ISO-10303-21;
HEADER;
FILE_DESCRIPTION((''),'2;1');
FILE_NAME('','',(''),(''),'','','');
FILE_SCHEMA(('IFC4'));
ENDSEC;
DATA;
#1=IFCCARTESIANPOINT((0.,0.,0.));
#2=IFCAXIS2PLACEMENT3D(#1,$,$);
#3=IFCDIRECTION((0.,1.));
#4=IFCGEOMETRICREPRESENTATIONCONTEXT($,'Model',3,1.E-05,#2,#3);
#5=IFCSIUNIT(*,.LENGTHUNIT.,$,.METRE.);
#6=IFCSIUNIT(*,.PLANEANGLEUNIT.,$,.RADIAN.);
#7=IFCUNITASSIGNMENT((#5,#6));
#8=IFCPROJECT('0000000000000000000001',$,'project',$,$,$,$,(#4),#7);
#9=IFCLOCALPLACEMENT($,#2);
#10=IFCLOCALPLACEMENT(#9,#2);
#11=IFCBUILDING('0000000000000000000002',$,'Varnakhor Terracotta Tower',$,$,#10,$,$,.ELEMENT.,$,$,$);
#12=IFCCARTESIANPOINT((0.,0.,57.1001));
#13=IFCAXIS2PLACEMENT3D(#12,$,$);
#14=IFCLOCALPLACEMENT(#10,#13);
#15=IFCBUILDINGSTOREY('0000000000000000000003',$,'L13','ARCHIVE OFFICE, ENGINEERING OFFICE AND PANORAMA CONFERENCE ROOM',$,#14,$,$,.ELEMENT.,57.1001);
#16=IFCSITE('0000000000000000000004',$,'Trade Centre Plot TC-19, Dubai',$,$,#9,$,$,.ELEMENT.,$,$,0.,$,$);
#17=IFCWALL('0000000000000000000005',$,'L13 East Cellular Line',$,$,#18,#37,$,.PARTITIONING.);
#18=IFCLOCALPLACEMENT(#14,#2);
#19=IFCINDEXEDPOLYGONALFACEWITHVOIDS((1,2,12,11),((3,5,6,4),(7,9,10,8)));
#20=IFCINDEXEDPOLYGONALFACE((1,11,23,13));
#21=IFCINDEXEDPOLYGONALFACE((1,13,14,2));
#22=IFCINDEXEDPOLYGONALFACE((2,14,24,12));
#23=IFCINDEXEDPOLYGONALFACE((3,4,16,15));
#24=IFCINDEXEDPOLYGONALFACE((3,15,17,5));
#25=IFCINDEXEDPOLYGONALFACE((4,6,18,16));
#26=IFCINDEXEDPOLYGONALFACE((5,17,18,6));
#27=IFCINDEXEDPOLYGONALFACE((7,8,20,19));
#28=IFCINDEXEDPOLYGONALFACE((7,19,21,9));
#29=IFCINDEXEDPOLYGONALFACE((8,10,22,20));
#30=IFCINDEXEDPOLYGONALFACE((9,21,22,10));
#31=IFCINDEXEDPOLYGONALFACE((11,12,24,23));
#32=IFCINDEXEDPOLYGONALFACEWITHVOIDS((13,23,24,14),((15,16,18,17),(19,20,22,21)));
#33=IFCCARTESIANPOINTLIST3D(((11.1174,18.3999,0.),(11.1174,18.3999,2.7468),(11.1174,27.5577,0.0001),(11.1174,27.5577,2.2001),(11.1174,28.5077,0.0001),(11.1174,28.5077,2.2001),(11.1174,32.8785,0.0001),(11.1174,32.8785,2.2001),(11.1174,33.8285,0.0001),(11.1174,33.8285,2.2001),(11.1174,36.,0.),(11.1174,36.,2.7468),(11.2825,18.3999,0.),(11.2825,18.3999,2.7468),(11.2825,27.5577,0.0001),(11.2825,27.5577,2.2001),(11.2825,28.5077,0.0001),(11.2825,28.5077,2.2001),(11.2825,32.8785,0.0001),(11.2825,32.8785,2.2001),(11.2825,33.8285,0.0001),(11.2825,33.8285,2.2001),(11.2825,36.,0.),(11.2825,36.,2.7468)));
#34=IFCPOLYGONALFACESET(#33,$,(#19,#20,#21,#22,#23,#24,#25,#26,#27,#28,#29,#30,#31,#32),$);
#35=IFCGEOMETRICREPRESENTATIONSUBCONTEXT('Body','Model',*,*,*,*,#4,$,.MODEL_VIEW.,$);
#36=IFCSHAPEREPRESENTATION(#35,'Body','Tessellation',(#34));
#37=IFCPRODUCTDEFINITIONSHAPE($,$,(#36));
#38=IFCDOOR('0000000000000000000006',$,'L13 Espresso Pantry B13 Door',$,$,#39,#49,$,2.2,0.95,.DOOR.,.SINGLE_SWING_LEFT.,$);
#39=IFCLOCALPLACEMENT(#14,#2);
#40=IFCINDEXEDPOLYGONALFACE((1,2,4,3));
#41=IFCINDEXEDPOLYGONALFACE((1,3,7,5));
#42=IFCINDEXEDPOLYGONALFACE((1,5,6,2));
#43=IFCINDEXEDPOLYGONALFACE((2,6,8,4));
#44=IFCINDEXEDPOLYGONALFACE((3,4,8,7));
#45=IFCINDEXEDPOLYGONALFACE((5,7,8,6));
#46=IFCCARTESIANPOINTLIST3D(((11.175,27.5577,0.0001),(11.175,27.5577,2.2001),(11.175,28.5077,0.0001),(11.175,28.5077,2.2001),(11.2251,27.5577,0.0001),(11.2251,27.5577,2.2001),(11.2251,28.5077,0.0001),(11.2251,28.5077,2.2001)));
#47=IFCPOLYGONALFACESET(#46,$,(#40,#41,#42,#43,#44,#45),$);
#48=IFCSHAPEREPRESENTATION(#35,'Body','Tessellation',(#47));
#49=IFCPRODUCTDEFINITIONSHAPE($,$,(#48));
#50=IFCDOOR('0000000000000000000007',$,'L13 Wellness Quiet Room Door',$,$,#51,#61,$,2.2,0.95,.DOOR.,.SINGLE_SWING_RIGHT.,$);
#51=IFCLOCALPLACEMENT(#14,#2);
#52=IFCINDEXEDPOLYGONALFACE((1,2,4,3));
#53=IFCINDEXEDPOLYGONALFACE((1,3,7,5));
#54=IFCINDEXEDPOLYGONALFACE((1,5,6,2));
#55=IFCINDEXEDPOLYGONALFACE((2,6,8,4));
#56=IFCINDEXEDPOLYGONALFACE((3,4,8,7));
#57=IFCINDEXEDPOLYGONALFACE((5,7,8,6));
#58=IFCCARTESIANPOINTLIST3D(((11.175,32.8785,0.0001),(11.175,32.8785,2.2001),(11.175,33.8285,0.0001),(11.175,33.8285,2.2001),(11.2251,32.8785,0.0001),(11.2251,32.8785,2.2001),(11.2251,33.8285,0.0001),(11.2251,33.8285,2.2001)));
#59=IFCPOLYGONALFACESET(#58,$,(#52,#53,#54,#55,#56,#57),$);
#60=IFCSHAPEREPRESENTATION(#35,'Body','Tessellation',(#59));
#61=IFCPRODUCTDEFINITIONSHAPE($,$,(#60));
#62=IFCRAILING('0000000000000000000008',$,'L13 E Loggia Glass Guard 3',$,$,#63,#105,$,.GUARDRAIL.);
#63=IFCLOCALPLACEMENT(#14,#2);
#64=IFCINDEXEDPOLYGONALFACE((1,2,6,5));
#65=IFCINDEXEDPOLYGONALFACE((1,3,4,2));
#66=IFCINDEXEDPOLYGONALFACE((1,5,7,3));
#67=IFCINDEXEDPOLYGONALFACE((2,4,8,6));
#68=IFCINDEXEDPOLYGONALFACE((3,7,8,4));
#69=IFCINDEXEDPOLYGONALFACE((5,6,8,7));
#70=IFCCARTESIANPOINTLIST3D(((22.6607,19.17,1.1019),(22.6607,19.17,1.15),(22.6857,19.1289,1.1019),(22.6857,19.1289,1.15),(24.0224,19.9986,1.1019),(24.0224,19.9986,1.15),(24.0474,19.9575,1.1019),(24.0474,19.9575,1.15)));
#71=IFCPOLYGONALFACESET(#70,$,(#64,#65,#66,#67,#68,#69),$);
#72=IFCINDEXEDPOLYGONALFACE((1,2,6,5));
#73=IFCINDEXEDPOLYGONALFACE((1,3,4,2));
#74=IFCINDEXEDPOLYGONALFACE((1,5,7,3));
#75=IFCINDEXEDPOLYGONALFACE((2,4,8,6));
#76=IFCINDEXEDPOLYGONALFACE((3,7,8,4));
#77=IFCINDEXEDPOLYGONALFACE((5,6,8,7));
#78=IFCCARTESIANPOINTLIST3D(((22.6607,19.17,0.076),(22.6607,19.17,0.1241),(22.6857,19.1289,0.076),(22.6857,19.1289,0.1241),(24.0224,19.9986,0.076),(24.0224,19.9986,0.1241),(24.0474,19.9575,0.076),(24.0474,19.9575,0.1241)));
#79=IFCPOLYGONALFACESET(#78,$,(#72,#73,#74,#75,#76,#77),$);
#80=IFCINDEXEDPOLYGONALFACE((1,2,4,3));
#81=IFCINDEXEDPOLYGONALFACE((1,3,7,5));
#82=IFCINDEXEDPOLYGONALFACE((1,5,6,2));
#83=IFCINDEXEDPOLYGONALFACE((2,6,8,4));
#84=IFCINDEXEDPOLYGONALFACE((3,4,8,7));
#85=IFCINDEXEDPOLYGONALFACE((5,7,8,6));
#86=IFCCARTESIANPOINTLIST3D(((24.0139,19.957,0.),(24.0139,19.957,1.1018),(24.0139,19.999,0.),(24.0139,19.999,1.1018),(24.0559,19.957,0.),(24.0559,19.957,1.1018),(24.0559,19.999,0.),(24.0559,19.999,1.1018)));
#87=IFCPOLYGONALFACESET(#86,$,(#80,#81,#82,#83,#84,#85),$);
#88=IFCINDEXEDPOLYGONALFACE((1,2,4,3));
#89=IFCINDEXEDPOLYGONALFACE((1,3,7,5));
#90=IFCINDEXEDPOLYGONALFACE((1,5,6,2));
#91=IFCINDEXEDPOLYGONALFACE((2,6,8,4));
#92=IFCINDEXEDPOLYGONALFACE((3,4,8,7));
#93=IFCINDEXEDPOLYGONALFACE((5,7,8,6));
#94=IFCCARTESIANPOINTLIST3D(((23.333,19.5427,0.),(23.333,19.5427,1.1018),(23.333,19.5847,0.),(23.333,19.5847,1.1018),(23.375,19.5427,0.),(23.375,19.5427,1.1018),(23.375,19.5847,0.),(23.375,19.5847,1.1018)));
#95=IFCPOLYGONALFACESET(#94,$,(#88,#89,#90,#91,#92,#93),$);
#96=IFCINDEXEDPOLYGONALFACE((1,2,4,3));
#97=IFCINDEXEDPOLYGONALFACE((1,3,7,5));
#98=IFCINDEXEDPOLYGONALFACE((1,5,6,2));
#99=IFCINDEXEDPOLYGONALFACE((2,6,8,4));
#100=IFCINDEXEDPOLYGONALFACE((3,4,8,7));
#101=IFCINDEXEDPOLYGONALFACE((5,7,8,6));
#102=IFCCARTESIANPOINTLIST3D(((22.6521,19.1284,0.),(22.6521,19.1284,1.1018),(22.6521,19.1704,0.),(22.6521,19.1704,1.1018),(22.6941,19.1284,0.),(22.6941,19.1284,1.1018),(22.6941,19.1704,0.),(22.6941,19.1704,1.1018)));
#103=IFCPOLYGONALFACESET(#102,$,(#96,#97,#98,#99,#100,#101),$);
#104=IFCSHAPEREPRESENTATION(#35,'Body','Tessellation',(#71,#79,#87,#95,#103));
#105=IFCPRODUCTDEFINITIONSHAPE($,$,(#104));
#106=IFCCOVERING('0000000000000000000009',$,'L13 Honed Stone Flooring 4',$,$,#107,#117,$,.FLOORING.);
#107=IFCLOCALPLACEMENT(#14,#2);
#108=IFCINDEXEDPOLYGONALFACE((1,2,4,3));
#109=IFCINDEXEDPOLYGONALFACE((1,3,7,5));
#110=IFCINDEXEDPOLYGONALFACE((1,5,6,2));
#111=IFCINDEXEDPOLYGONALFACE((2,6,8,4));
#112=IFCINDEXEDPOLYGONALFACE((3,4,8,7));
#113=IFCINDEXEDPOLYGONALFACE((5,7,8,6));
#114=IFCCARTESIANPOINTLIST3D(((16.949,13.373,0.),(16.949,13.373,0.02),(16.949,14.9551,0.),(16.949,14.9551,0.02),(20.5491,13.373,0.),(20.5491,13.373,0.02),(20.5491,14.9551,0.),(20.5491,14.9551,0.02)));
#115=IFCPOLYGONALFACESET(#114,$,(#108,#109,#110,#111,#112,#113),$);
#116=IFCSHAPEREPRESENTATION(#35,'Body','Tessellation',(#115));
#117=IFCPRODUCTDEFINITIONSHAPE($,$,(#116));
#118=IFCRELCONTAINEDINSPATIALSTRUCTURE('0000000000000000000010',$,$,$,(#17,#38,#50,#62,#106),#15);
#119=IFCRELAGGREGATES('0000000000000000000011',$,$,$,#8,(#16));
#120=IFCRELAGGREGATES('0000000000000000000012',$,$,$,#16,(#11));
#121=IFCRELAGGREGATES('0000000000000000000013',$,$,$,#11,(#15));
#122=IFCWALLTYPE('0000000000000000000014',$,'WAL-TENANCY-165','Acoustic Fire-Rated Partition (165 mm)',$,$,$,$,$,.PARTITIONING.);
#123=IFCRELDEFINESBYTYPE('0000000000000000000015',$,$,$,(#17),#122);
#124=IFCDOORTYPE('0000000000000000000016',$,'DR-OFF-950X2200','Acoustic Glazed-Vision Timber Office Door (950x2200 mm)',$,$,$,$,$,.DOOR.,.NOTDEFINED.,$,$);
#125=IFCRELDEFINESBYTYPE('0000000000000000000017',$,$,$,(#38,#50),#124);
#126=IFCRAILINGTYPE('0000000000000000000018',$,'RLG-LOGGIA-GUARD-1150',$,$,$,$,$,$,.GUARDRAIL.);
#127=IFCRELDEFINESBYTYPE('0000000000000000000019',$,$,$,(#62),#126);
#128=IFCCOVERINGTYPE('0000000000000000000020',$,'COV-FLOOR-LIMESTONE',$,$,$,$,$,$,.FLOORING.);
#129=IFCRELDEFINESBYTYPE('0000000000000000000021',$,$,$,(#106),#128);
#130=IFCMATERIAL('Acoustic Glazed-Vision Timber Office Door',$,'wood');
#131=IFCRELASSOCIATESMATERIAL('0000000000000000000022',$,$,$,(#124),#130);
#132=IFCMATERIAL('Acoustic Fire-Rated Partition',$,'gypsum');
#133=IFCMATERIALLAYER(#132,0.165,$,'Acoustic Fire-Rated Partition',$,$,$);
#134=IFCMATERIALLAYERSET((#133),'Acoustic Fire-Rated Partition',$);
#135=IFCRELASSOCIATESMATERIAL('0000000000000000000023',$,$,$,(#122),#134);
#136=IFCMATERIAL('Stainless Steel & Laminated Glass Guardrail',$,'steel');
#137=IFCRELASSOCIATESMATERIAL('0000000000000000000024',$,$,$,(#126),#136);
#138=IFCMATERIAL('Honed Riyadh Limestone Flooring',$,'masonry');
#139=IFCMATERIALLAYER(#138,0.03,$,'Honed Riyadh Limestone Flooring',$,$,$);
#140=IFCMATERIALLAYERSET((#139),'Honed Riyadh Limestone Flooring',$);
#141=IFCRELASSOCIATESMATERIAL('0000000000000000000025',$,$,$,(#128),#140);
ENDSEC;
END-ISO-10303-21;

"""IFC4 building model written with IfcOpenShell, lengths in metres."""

from ifc_helpers import new_model, si_unit, direction, frame, frame_2d, origin, origin_2d, place, context, subcontext, project, spatial, rectangle, extrude, source, transform, mapped, material, layer, layer_set, type_object, type_shapes, element, fill, save


model = new_model("IFC4")

# Units and contexts
model_context = context("Model", 3, precision=1e-05, world=origin(), true_north=direction((0.0, 1.0)))
body_context = subcontext(model_context, "Body", "Model", "MODEL_VIEW")
ifc_project = project(units=[si_unit("LENGTHUNIT", "METRE"), si_unit("PLANEANGLEUNIT", "RADIAN")], contexts=[model_context])

# Site, building, storey
site_placement = place(None, origin())
site = spatial("IfcSite", under=ifc_project, at=site_placement, Name="Trade Centre Plot TC-19, Dubai", CompositionType="ELEMENT", RefElevation=0.0)
building_placement = place(site_placement, origin())
building = spatial("IfcBuilding", under=site, at=building_placement, Name="Varnakhor Terracotta Tower", CompositionType="ELEMENT")
storey_placement = place(building_placement, frame((0.0, 0.0, 57.1001)))
storey = spatial("IfcBuildingStorey", under=building, at=storey_placement, Name="L13", Description="ARCHIVE OFFICE, ENGINEERING OFFICE AND PANORAMA CONFERENCE ROOM", CompositionType="ELEMENT", Elevation=57.1001)

# Shared definitions
ifc_material_1 = material(Name="Acoustic Glazed-Vision Timber Office Door", Category="wood")
door_type = type_object("IfcDoorType", Name="DR-OFF-950X2200", Description="Acoustic Glazed-Vision Timber Office Door (950x2200 mm)", OperationType="NOTDEFINED", PredefinedType="DOOR", material=ifc_material_1)
shared_shape_1 = source(origin(), body_context, "Body", "SweptSolid", [
    extrude(rectangle(XDim=0.95, YDim=2.2, at=frame_2d((0.4751, 1.1001))), frame((0.0, 0.0249, 0.0), z_axis=(0.0, -1.0, 0.0), x_axis=(1.0, 0.0, 0.0)), (0.0, 0.0, 1.0), 0.05),
])
type_shapes(door_type, [shared_shape_1])

# Wall, openings, doors
ifc_material_2 = material(Name="Acoustic Fire-Rated Partition", Category="gypsum")
ifc_layer_1 = layer(ifc_material_2, 0.165, Name="Acoustic Fire-Rated Partition")
ifc_layer_set_1 = layer_set([ifc_layer_1], Name="Acoustic Fire-Rated Partition")
wall_type_1 = type_object("IfcWallType", Name="WAL-TENANCY-165", Description="Acoustic Fire-Rated Partition (165 mm)", PredefinedType="PARTITIONING", material=ifc_layer_set_1)
wall_1_placement = place(storey_placement, frame((11.2, 18.3999, 0.0), z_axis=(0.0, 0.0, 1.0), x_axis=(0.0, 1.0, 0.0)))
wall_1 = element("IfcWall", 1, at=wall_1_placement, inside=storey, type_object=wall_type_1, Name="L13 East Cellular Line", PredefinedType="PARTITIONING", context=body_context, shape_type="SweptSolid", body=[
    extrude(rectangle(XDim=17.6001, YDim=0.165, at=frame_2d((8.8, 0.0))), origin(), (0.0, 0.0, 1.0), 2.7468),
])
opening_1_placement = place(wall_1_placement, frame((9.1577, 0.0, 0.0)))
opening_1 = element("IfcOpeningElement", 2, at=opening_1_placement, cuts=wall_1, PredefinedType="OPENING", context=body_context, shape_type="SweptSolid", body=[
    extrude(rectangle(XDim=0.95, YDim=2.2, at=frame_2d((0.4751, 1.1001))), frame((0.0, 0.0925, 0.0), z_axis=(0.0, -1.0, 0.0), x_axis=(1.0, 0.0, 0.0)), (0.0, 0.0, 1.0), 0.1851),
])
opening_2_placement = place(wall_1_placement, frame((14.4785, 0.0, 0.0)))
opening_2 = element("IfcOpeningElement", 3, at=opening_2_placement, cuts=wall_1, PredefinedType="OPENING", context=body_context, shape_type="SweptSolid", body=[
    extrude(rectangle(XDim=0.95, YDim=2.2, at=frame_2d((0.4751, 1.1001))), frame((0.0, 0.0925, 0.0), z_axis=(0.0, -1.0, 0.0), x_axis=(1.0, 0.0, 0.0)), (0.0, 0.0, 1.0), 0.1851),
])
door_1_placement = place(opening_1_placement, origin())
door_1 = element("IfcDoor", 4, at=door_1_placement, inside=storey, type_object=door_type, Name="L13 Espresso Pantry B13 Door", OperationType="SINGLE_SWING_LEFT", OverallHeight=2.2, OverallWidth=0.95, PredefinedType="DOOR", context=body_context, shape_type="MappedRepresentation", body=[
    mapped(shared_shape_1, transform((0.0, 0.0, 0.0), scale=1.0)),
])
fill(opening_1, door_1)
door_2_placement = place(opening_2_placement, origin())
door_2 = element("IfcDoor", 5, at=door_2_placement, inside=storey, type_object=door_type, Name="L13 Wellness Quiet Room Door", OperationType="SINGLE_SWING_RIGHT", OverallHeight=2.2, OverallWidth=0.95, PredefinedType="DOOR", context=body_context, shape_type="MappedRepresentation", body=[
    mapped(shared_shape_1, transform((0.0, 0.0, 0.0), scale=1.0)),
])
fill(opening_2, door_2)

# Railing
ifc_material_3 = material(Name="Stainless Steel & Laminated Glass Guardrail", Category="steel")
railing_type = type_object("IfcRailingType", Name="RLG-LOGGIA-GUARD-1150", PredefinedType="GUARDRAIL", material=ifc_material_3)
railing_placement = place(storey_placement, frame((24.0349, 19.978, 0.0)))
element("IfcRailing", 6, at=railing_placement, inside=storey, type_object=railing_type, Name="L13 E Loggia Glass Guard 3", PredefinedType="GUARDRAIL", context=body_context, shape_type="SweptSolid", body=[
    extrude(rectangle(XDim=0.0481, YDim=0.0481, at=origin_2d()), frame((0.0, 0.0, 1.126), z_axis=(-0.854287, -0.519801, 0.0), x_axis=(0.519801, -0.854287, 0.0)), (0.0, 0.0, 1.0), 1.594),
    extrude(rectangle(XDim=0.0481, YDim=0.0481, at=origin_2d()), frame((0.0, 0.0, 0.1001), z_axis=(-0.854287, -0.519801, 0.0), x_axis=(0.519801, -0.854287, 0.0)), (0.0, 0.0, 1.0), 1.594),
    extrude(rectangle(XDim=0.042, YDim=0.042, at=origin_2d()), origin(), (0.0, 0.0, 1.0), 1.1018),
    extrude(rectangle(XDim=0.042, YDim=0.042, at=origin_2d()), frame((-0.6809, -0.4143, 0.0)), (0.0, 0.0, 1.0), 1.1018),
    extrude(rectangle(XDim=0.042, YDim=0.042, at=origin_2d()), frame((-1.3618, -0.8286, 0.0)), (0.0, 0.0, 1.0), 1.1018),
])

# Covering
ifc_material_4 = material(Name="Honed Riyadh Limestone Flooring", Category="masonry")
ifc_layer_2 = layer(ifc_material_4, 0.03, Name="Honed Riyadh Limestone Flooring")
ifc_layer_set_2 = layer_set([ifc_layer_2], Name="Honed Riyadh Limestone Flooring")
covering_type = type_object("IfcCoveringType", Name="COV-FLOOR-LIMESTONE", PredefinedType="FLOORING", material=ifc_layer_set_2)
shared_shape_2 = source(origin(), body_context, "Body", "SweptSolid", [
    extrude(rectangle(XDim=3.6001, YDim=1.582, at=origin_2d()), origin(), (0.0, 0.0, 1.0), 0.02),
])
covering_placement = place(storey_placement, frame((18.749, 14.1641, 0.0), z_axis=(0.0, 0.0, 1.0), x_axis=(1.0, 0.0, 0.0)))
element("IfcCovering", 7, at=covering_placement, inside=storey, type_object=covering_type, Name="L13 Honed Stone Flooring 4", PredefinedType="FLOORING", context=body_context, shape_type="MappedRepresentation", body=[
    mapped(shared_shape_2, transform((0.0, 0.0, 0.0), scale=1.0)),
])

save(model, "model.ifc")
